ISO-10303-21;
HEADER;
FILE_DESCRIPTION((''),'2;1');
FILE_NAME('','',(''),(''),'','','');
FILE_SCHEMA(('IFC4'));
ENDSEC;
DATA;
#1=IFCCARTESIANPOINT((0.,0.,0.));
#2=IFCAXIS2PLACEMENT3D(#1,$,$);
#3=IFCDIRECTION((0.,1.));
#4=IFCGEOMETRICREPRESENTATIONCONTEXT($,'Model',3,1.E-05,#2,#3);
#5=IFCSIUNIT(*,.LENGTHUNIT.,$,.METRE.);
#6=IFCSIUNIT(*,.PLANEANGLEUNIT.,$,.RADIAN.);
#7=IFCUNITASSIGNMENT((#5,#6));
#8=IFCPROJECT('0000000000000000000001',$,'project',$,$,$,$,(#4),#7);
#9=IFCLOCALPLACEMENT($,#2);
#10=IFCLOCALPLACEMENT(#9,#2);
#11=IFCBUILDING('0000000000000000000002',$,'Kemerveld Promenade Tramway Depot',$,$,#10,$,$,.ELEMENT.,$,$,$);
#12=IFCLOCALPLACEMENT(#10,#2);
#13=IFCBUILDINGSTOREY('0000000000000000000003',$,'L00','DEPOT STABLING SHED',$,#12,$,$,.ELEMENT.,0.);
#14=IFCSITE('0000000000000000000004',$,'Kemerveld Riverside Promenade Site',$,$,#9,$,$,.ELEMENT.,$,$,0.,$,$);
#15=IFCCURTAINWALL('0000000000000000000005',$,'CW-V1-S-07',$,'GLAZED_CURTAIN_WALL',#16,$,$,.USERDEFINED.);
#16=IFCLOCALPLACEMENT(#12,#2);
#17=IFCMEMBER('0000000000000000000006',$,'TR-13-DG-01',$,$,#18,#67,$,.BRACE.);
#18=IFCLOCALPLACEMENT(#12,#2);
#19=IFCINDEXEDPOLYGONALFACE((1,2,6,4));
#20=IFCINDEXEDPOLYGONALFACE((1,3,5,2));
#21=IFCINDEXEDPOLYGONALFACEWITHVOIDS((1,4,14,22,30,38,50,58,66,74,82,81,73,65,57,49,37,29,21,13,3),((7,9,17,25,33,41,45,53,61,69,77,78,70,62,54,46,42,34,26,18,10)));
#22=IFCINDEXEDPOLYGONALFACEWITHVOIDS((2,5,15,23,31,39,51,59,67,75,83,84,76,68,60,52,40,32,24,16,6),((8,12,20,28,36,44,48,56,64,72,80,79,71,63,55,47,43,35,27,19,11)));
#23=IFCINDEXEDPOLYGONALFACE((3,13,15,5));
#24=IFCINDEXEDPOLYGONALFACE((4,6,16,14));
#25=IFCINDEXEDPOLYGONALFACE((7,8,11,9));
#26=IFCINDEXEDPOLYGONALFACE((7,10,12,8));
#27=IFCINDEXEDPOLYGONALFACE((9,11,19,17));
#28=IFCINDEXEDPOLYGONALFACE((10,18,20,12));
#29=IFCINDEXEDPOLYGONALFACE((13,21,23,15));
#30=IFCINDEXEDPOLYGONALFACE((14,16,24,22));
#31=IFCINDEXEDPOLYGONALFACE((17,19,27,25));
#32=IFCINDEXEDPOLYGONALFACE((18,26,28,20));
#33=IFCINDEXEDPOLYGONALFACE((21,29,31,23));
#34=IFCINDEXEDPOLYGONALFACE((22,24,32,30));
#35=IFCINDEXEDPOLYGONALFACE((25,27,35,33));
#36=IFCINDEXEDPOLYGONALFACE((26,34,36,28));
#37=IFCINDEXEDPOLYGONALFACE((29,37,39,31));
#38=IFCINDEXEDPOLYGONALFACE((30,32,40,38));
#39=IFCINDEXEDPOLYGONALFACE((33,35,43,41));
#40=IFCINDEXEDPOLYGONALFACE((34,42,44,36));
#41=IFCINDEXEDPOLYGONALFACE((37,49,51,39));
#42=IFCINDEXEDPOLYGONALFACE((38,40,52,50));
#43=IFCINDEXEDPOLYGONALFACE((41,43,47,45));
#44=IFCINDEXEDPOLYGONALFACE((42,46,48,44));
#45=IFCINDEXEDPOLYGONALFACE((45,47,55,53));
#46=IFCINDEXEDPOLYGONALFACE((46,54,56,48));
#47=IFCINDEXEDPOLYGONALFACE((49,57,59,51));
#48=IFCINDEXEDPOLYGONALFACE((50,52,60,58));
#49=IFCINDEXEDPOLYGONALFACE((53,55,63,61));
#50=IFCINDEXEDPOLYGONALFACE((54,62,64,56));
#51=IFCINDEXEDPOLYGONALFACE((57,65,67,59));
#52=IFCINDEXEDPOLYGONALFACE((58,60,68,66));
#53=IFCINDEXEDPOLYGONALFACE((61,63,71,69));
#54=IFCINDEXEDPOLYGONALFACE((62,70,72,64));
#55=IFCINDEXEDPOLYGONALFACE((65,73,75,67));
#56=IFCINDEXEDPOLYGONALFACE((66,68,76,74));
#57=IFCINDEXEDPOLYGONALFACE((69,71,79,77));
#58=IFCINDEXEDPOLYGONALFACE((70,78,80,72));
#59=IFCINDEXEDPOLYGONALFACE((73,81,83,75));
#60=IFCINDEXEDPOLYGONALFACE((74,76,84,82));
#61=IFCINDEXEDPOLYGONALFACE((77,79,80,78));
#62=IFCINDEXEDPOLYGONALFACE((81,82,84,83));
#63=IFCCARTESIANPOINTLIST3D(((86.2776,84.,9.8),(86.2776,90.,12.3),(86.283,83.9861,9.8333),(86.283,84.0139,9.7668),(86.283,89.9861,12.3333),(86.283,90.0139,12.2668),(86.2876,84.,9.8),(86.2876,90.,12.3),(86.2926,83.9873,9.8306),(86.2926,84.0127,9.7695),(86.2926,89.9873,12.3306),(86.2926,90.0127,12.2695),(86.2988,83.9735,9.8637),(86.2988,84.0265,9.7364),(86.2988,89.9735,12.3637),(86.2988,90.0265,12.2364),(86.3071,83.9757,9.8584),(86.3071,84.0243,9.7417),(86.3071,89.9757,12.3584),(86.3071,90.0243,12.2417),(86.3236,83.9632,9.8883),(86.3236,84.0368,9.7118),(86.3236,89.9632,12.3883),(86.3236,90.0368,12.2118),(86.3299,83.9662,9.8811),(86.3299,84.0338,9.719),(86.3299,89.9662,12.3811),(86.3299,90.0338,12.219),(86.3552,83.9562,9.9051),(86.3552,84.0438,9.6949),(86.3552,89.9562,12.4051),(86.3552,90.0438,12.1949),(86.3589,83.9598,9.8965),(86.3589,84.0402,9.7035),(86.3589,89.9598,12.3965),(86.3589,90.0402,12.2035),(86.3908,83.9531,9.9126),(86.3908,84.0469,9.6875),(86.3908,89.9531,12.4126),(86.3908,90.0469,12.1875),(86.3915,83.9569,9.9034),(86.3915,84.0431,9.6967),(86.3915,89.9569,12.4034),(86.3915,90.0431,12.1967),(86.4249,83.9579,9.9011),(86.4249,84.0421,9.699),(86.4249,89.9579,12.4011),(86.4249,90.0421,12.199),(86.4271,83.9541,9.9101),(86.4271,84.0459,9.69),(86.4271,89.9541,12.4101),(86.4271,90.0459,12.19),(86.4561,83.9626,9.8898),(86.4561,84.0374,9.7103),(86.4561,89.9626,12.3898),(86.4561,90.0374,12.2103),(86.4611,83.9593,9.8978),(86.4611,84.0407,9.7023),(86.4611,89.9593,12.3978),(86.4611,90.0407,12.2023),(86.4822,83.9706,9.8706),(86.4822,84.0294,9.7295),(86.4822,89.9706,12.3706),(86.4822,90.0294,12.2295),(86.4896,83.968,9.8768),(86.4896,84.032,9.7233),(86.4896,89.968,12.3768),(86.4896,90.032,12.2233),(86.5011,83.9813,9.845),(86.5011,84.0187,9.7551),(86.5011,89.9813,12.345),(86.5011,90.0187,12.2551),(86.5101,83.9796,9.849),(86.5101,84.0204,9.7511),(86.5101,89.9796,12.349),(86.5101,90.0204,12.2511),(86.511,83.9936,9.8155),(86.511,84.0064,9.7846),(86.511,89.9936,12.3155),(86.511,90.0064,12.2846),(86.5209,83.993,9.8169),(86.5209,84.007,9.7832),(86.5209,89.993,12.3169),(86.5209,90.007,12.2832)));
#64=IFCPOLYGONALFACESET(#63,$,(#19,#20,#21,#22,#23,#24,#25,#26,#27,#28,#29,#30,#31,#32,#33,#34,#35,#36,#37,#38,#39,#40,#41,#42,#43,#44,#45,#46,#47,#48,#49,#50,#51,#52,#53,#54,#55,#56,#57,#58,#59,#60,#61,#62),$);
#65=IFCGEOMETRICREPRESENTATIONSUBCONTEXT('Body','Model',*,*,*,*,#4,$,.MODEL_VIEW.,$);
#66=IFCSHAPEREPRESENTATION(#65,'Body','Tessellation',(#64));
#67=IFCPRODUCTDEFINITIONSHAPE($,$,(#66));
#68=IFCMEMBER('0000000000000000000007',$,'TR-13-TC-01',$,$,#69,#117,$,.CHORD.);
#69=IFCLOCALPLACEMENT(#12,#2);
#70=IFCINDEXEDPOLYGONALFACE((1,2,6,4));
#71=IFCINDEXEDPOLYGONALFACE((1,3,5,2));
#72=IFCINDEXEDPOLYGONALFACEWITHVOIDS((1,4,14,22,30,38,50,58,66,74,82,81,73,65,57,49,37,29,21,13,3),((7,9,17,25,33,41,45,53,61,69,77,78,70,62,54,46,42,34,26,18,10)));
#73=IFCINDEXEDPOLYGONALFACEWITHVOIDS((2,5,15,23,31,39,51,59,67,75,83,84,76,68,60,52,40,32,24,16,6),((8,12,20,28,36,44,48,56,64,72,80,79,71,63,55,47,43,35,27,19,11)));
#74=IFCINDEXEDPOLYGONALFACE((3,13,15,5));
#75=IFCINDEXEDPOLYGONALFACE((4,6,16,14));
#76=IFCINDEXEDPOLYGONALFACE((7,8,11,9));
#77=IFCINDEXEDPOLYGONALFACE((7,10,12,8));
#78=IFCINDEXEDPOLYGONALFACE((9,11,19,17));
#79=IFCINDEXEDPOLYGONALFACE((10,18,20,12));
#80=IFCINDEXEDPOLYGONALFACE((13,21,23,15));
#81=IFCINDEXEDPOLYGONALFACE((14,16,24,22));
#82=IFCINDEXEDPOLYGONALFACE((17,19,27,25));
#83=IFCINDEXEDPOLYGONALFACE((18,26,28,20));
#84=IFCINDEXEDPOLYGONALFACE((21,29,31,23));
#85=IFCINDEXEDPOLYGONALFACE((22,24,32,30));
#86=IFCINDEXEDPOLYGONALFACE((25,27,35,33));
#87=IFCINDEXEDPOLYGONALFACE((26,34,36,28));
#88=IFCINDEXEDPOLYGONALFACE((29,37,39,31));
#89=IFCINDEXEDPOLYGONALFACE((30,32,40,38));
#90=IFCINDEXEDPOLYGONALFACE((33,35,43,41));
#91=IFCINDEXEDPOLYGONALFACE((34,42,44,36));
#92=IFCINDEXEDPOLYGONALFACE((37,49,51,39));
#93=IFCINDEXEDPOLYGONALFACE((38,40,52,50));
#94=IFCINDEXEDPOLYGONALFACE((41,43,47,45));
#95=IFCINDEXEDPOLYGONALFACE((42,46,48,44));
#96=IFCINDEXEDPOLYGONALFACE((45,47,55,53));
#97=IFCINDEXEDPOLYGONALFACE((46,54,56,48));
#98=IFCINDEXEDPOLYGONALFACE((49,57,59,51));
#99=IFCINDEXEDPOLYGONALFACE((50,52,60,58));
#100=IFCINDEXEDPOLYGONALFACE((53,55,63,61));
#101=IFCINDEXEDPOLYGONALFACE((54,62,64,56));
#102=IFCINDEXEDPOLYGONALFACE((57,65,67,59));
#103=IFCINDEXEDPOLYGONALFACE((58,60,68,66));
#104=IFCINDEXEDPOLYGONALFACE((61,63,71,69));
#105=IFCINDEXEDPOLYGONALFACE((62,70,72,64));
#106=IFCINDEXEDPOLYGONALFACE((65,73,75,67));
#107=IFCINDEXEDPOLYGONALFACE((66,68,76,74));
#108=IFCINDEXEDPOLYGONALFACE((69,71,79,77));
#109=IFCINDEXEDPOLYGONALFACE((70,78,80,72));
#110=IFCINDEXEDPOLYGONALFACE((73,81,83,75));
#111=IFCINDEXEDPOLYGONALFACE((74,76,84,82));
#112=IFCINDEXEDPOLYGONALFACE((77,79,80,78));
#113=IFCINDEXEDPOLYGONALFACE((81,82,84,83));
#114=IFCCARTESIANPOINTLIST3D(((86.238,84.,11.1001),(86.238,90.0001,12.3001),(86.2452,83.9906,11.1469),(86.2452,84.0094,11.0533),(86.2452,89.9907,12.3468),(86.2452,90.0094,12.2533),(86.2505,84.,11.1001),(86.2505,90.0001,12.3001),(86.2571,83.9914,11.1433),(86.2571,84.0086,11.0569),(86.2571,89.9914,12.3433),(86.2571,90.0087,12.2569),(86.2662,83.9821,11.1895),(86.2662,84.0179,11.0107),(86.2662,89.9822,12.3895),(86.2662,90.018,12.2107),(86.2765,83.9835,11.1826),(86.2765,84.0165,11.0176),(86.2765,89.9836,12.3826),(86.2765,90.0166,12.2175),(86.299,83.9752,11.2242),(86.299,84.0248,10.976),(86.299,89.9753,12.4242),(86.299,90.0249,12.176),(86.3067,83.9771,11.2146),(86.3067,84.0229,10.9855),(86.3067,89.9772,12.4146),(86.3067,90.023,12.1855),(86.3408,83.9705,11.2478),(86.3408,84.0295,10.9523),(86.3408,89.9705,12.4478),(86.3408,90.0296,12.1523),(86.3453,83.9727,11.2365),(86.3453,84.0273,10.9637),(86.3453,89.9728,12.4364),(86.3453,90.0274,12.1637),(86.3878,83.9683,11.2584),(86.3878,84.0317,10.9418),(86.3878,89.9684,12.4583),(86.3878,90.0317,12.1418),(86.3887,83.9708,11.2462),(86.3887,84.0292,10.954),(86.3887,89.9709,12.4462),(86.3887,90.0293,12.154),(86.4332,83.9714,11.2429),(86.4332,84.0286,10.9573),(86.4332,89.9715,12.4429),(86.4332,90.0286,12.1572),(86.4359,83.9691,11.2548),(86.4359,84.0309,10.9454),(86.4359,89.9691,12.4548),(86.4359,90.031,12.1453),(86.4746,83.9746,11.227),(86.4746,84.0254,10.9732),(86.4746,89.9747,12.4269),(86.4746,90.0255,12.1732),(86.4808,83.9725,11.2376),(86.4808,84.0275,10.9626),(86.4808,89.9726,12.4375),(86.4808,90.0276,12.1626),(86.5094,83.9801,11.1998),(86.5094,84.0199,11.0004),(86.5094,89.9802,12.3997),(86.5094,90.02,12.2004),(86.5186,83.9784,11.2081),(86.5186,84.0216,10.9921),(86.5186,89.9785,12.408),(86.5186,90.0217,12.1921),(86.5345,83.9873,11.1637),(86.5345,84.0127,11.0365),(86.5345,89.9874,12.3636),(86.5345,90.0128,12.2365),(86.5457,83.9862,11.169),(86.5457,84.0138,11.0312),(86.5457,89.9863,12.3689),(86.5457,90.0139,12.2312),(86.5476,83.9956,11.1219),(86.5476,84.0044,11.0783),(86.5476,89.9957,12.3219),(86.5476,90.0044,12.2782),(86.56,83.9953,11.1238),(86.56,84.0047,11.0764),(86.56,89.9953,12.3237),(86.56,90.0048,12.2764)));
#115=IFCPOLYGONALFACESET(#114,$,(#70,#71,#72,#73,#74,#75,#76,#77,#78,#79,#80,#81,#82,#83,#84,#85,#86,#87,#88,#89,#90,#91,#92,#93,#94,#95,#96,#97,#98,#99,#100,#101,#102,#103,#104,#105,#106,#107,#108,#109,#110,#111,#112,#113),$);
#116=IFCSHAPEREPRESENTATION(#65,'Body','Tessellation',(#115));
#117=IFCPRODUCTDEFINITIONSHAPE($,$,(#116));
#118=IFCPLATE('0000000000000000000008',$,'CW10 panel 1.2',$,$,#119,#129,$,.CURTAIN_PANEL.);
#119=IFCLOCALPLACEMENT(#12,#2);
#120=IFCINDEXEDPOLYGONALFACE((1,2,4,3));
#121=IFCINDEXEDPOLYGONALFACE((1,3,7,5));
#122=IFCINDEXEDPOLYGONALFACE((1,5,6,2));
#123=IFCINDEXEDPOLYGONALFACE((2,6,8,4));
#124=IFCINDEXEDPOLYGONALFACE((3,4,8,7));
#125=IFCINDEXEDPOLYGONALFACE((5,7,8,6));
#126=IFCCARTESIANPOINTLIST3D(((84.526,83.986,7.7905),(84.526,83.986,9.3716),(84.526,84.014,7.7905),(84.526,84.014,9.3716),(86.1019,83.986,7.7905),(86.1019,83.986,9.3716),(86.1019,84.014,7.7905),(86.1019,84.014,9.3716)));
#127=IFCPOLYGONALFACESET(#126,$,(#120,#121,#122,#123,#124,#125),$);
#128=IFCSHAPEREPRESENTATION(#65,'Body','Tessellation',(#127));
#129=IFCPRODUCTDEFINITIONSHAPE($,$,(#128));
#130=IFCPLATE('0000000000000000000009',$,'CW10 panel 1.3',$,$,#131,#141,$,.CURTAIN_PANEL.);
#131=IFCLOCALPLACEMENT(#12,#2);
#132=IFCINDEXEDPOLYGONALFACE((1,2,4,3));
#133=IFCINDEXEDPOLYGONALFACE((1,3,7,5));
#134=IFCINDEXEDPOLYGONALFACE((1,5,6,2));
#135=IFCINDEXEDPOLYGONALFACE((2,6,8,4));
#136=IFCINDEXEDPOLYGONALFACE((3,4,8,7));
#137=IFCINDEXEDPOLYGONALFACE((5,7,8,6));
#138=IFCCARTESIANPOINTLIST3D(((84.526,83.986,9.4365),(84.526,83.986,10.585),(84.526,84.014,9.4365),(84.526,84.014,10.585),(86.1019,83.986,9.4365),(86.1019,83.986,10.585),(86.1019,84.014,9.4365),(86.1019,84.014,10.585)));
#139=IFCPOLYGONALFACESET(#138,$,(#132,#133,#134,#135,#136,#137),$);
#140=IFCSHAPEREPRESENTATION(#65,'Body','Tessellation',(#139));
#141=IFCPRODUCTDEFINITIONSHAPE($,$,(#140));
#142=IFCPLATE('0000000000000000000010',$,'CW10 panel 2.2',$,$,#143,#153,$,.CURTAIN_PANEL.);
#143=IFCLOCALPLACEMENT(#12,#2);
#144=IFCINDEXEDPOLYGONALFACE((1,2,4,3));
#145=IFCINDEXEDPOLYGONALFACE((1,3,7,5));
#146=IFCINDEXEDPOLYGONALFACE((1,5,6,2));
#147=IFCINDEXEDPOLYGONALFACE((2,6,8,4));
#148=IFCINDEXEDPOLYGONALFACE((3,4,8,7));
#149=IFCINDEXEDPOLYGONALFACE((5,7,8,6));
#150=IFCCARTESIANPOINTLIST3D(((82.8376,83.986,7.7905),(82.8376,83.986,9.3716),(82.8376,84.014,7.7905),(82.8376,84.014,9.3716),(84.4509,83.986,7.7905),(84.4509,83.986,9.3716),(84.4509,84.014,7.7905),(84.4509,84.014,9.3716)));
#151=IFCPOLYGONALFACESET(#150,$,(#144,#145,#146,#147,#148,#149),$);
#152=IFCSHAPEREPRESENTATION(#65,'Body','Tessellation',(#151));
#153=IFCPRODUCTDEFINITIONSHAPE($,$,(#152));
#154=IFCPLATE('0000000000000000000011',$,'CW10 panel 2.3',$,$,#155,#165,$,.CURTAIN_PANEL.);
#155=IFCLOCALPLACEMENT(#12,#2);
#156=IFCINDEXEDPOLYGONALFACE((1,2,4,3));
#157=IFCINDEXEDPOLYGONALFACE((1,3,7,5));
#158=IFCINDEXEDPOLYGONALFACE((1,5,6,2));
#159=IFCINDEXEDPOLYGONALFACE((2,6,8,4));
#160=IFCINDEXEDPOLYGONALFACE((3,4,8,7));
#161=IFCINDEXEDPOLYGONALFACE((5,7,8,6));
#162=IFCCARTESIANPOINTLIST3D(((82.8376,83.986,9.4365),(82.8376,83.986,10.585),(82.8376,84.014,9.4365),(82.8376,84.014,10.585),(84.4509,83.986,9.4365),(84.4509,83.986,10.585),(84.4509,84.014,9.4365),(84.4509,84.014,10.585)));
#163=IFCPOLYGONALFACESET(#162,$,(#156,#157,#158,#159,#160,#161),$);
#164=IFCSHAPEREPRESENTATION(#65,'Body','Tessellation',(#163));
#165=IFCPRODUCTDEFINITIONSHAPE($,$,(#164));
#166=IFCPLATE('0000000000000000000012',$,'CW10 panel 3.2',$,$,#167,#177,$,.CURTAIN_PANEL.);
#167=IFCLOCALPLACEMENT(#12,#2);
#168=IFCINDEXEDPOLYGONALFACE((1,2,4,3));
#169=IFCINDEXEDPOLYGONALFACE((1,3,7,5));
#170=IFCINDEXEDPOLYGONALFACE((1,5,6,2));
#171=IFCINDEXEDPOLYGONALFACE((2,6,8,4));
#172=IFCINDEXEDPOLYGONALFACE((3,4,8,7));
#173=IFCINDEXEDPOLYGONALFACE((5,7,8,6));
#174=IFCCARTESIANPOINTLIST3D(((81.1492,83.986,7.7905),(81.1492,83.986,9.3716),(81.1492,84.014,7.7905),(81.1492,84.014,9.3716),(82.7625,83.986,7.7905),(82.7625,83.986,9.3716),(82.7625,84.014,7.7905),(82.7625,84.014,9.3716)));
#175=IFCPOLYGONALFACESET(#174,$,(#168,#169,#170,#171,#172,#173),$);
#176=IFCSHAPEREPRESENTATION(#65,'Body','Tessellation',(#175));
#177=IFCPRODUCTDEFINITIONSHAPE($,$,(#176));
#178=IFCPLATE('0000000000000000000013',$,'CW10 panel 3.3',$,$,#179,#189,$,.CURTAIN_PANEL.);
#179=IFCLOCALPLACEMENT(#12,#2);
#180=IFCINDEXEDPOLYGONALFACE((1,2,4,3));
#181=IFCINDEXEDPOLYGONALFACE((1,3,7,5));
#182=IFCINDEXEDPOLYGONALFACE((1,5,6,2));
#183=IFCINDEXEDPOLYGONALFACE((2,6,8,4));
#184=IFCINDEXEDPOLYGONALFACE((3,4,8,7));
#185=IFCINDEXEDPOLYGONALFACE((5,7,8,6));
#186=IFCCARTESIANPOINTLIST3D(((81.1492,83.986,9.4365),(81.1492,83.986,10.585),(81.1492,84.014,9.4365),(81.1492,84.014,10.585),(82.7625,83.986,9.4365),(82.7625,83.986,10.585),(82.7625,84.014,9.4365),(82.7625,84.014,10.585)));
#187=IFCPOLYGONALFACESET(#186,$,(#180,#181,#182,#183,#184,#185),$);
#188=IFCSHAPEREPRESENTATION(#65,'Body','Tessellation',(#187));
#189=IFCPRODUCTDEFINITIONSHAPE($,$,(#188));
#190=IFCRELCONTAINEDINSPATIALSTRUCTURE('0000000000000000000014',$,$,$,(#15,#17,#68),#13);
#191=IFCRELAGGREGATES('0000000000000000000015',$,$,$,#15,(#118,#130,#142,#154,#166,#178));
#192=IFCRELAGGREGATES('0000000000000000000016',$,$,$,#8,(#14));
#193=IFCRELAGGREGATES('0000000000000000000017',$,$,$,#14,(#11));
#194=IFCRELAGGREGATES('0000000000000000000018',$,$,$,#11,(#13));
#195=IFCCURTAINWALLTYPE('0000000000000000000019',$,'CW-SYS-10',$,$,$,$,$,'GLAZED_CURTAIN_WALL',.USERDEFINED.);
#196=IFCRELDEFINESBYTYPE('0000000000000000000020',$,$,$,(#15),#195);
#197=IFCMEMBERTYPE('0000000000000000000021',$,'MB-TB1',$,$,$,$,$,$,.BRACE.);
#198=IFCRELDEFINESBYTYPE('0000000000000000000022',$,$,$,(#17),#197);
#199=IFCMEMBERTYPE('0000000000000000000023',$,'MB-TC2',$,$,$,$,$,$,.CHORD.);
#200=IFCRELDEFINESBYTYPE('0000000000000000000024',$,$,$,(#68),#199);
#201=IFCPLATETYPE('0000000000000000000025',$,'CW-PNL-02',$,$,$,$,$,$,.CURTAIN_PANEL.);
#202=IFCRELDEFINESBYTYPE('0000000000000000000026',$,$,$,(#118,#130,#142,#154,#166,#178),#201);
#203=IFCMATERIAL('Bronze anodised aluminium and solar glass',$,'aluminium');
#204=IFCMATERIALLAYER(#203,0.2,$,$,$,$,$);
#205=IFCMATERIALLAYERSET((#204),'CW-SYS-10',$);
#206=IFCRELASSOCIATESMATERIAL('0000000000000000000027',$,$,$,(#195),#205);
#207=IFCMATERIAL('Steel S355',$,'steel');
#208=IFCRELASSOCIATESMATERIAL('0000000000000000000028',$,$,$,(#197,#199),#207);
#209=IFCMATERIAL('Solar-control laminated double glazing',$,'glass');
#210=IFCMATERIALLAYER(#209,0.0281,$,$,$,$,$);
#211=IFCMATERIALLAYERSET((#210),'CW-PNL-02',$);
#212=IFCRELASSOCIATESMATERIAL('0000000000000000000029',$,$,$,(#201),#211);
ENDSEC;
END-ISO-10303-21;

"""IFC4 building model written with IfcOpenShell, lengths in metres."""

from ifc_helpers import new_model, si_unit, direction, frame, origin, origin_2d, place, context, subcontext, project, spatial, rectangle, hollow_circle, extrude, material, layer, layer_set, material_profile, profile_set, type_object, element, aggregate, save


model = new_model("IFC4")

# Units and contexts
model_context = context("Model", 3, precision=1e-05, world=origin(), true_north=direction((0.0, 1.0)))
body_context = subcontext(model_context, "Body", "Model", "MODEL_VIEW")
ifc_project = project(units=[si_unit("LENGTHUNIT", "METRE"), si_unit("PLANEANGLEUNIT", "RADIAN")], contexts=[model_context])

# Site, building, storey
site_placement = place(None, origin())
site = spatial("IfcSite", under=ifc_project, at=site_placement, Name="Kemerveld Riverside Promenade Site", CompositionType="ELEMENT", RefElevation=0.0)
building_placement = place(site_placement, origin())
building = spatial("IfcBuilding", under=site, at=building_placement, Name="Kemerveld Promenade Tramway Depot", CompositionType="ELEMENT")
storey_placement = place(building_placement, origin())
storey = spatial("IfcBuildingStorey", under=building, at=storey_placement, Name="L00", Description="DEPOT STABLING SHED", CompositionType="ELEMENT", Elevation=0.0)

# Shared definitions
ifc_material_1 = material(Name="Steel S355", Category="steel")

# Curtain wall
ifc_material_2 = material(Name="Bronze anodised aluminium and solar glass", Category="aluminium")
ifc_layer_1 = layer(ifc_material_2, 0.2)
ifc_layer_set_1 = layer_set([ifc_layer_1], Name="CW-SYS-10")
curtain_wall_type_1 = type_object("IfcCurtainWallType", Name="CW-SYS-10", ElementType="GLAZED_CURTAIN_WALL", PredefinedType="USERDEFINED", material=ifc_layer_set_1)
curtain_wall_1_placement = place(storey_placement, origin())
curtain_wall_1 = element("IfcCurtainWall", 1, at=curtain_wall_1_placement, inside=storey, type_object=curtain_wall_type_1, Name="CW-V1-S-07", ObjectType="GLAZED_CURTAIN_WALL", PredefinedType="USERDEFINED")

# Members
ifc_material_profile_1 = material_profile(ifc_material_1, hollow_circle(Radius=0.1223, WallThickness=0.01, at=origin_2d()), Name="244.5x10.0 CHS")
ifc_profile_set_1 = profile_set([ifc_material_profile_1], Name="Steel S355")
member_type_1 = type_object("IfcMemberType", Name="MB-TB1", PredefinedType="BRACE", material=ifc_profile_set_1)
member_1_placement = place(storey_placement, frame((86.3999, 84.0, 9.8), z_axis=(0.0, 0.923077, 0.384615), x_axis=(-1.0, 0.0, 0.0)))
element("IfcMember", 2, at=member_1_placement, inside=storey, type_object=member_type_1, Name="TR-13-DG-01", PredefinedType="BRACE", context=body_context, shape_type="SweptSolid", body=[
    extrude(hollow_circle(Radius=0.1223, WallThickness=0.01, at=origin_2d()), origin(), (0.0, 0.0, 1.0), 6.5),
])
ifc_material_profile_2 = material_profile(ifc_material_1, hollow_circle(Radius=0.1619, WallThickness=0.0125, at=origin_2d()), Name="323.9x12.5 CHS")
ifc_profile_set_2 = profile_set([ifc_material_profile_2], Name="Steel S355")
member_type_2 = type_object("IfcMemberType", Name="MB-TC2", PredefinedType="CHORD", material=ifc_profile_set_2)
member_2_placement = place(storey_placement, frame((86.3999, 84.0, 11.1001), z_axis=(0.0, 0.980582, 0.196108), x_axis=(-1.0, 0.0, 0.0)))
element("IfcMember", 3, at=member_2_placement, inside=storey, type_object=member_type_2, Name="TR-13-TC-01", PredefinedType="CHORD", context=body_context, shape_type="SweptSolid", body=[
    extrude(hollow_circle(Radius=0.1619, WallThickness=0.0125, at=origin_2d()), origin(), (0.0, 0.0, 1.0), 6.1189),
])

# Plates
ifc_material_3 = material(Name="Solar-control laminated double glazing", Category="glass")
ifc_layer_2 = layer(ifc_material_3, 0.0281)
ifc_layer_set_2 = layer_set([ifc_layer_2], Name="CW-PNL-02")
plate_type_1 = type_object("IfcPlateType", Name="CW-PNL-02", PredefinedType="CURTAIN_PANEL", material=ifc_layer_set_2)
plate_1_placement = place(storey_placement, frame((85.314, 84.0, 7.7905), z_axis=(0.0, 0.0, 1.0), x_axis=(-1.0, 0.0, 0.0)))
plate_1 = element("IfcPlate", 4, at=plate_1_placement, type_object=plate_type_1, Name="CW10 panel 1.2", PredefinedType="CURTAIN_PANEL", context=body_context, shape_type="SweptSolid", body=[
    extrude(rectangle(XDim=1.5759, YDim=0.0281, at=origin_2d()), origin(), (0.0, 0.0, 1.0), 1.5811),
])
plate_2_placement = place(storey_placement, frame((85.314, 84.0, 9.4365), z_axis=(0.0, 0.0, 1.0), x_axis=(-1.0, 0.0, 0.0)))
plate_2 = element("IfcPlate", 5, at=plate_2_placement, type_object=plate_type_1, Name="CW10 panel 1.3", PredefinedType="CURTAIN_PANEL", context=body_context, shape_type="SweptSolid", body=[
    extrude(rectangle(XDim=1.5759, YDim=0.0281, at=origin_2d()), origin(), (0.0, 0.0, 1.0), 1.1484),
])
plate_3_placement = place(storey_placement, frame((83.6443, 84.0, 7.7905), z_axis=(0.0, 0.0, 1.0), x_axis=(-1.0, 0.0, 0.0)))
plate_3 = element("IfcPlate", 6, at=plate_3_placement, type_object=plate_type_1, Name="CW10 panel 2.2", PredefinedType="CURTAIN_PANEL", context=body_context, shape_type="SweptSolid", body=[
    extrude(rectangle(XDim=1.6133, YDim=0.0281, at=origin_2d()), origin(), (0.0, 0.0, 1.0), 1.5811),
])
plate_4_placement = place(storey_placement, frame((83.6443, 84.0, 9.4365), z_axis=(0.0, 0.0, 1.0), x_axis=(-1.0, 0.0, 0.0)))
plate_4 = element("IfcPlate", 7, at=plate_4_placement, type_object=plate_type_1, Name="CW10 panel 2.3", PredefinedType="CURTAIN_PANEL", context=body_context, shape_type="SweptSolid", body=[
    extrude(rectangle(XDim=1.6133, YDim=0.0281, at=origin_2d()), origin(), (0.0, 0.0, 1.0), 1.1484),
])
plate_5_placement = place(storey_placement, frame((81.9558, 84.0, 7.7905), z_axis=(0.0, 0.0, 1.0), x_axis=(-1.0, 0.0, 0.0)))
plate_5 = element("IfcPlate", 8, at=plate_5_placement, type_object=plate_type_1, Name="CW10 panel 3.2", PredefinedType="CURTAIN_PANEL", context=body_context, shape_type="SweptSolid", body=[
    extrude(rectangle(XDim=1.6133, YDim=0.0281, at=origin_2d()), origin(), (0.0, 0.0, 1.0), 1.5811),
])
plate_6_placement = place(storey_placement, frame((81.9558, 84.0, 9.4365), z_axis=(0.0, 0.0, 1.0), x_axis=(-1.0, 0.0, 0.0)))
plate_6 = element("IfcPlate", 9, at=plate_6_placement, type_object=plate_type_1, Name="CW10 panel 3.3", PredefinedType="CURTAIN_PANEL", context=body_context, shape_type="SweptSolid", body=[
    extrude(rectangle(XDim=1.6133, YDim=0.0281, at=origin_2d()), origin(), (0.0, 0.0, 1.0), 1.1484),
])
aggregate(curtain_wall_1, [plate_1, plate_2, plate_3, plate_4, plate_5, plate_6])

save(model, "model.ifc")
